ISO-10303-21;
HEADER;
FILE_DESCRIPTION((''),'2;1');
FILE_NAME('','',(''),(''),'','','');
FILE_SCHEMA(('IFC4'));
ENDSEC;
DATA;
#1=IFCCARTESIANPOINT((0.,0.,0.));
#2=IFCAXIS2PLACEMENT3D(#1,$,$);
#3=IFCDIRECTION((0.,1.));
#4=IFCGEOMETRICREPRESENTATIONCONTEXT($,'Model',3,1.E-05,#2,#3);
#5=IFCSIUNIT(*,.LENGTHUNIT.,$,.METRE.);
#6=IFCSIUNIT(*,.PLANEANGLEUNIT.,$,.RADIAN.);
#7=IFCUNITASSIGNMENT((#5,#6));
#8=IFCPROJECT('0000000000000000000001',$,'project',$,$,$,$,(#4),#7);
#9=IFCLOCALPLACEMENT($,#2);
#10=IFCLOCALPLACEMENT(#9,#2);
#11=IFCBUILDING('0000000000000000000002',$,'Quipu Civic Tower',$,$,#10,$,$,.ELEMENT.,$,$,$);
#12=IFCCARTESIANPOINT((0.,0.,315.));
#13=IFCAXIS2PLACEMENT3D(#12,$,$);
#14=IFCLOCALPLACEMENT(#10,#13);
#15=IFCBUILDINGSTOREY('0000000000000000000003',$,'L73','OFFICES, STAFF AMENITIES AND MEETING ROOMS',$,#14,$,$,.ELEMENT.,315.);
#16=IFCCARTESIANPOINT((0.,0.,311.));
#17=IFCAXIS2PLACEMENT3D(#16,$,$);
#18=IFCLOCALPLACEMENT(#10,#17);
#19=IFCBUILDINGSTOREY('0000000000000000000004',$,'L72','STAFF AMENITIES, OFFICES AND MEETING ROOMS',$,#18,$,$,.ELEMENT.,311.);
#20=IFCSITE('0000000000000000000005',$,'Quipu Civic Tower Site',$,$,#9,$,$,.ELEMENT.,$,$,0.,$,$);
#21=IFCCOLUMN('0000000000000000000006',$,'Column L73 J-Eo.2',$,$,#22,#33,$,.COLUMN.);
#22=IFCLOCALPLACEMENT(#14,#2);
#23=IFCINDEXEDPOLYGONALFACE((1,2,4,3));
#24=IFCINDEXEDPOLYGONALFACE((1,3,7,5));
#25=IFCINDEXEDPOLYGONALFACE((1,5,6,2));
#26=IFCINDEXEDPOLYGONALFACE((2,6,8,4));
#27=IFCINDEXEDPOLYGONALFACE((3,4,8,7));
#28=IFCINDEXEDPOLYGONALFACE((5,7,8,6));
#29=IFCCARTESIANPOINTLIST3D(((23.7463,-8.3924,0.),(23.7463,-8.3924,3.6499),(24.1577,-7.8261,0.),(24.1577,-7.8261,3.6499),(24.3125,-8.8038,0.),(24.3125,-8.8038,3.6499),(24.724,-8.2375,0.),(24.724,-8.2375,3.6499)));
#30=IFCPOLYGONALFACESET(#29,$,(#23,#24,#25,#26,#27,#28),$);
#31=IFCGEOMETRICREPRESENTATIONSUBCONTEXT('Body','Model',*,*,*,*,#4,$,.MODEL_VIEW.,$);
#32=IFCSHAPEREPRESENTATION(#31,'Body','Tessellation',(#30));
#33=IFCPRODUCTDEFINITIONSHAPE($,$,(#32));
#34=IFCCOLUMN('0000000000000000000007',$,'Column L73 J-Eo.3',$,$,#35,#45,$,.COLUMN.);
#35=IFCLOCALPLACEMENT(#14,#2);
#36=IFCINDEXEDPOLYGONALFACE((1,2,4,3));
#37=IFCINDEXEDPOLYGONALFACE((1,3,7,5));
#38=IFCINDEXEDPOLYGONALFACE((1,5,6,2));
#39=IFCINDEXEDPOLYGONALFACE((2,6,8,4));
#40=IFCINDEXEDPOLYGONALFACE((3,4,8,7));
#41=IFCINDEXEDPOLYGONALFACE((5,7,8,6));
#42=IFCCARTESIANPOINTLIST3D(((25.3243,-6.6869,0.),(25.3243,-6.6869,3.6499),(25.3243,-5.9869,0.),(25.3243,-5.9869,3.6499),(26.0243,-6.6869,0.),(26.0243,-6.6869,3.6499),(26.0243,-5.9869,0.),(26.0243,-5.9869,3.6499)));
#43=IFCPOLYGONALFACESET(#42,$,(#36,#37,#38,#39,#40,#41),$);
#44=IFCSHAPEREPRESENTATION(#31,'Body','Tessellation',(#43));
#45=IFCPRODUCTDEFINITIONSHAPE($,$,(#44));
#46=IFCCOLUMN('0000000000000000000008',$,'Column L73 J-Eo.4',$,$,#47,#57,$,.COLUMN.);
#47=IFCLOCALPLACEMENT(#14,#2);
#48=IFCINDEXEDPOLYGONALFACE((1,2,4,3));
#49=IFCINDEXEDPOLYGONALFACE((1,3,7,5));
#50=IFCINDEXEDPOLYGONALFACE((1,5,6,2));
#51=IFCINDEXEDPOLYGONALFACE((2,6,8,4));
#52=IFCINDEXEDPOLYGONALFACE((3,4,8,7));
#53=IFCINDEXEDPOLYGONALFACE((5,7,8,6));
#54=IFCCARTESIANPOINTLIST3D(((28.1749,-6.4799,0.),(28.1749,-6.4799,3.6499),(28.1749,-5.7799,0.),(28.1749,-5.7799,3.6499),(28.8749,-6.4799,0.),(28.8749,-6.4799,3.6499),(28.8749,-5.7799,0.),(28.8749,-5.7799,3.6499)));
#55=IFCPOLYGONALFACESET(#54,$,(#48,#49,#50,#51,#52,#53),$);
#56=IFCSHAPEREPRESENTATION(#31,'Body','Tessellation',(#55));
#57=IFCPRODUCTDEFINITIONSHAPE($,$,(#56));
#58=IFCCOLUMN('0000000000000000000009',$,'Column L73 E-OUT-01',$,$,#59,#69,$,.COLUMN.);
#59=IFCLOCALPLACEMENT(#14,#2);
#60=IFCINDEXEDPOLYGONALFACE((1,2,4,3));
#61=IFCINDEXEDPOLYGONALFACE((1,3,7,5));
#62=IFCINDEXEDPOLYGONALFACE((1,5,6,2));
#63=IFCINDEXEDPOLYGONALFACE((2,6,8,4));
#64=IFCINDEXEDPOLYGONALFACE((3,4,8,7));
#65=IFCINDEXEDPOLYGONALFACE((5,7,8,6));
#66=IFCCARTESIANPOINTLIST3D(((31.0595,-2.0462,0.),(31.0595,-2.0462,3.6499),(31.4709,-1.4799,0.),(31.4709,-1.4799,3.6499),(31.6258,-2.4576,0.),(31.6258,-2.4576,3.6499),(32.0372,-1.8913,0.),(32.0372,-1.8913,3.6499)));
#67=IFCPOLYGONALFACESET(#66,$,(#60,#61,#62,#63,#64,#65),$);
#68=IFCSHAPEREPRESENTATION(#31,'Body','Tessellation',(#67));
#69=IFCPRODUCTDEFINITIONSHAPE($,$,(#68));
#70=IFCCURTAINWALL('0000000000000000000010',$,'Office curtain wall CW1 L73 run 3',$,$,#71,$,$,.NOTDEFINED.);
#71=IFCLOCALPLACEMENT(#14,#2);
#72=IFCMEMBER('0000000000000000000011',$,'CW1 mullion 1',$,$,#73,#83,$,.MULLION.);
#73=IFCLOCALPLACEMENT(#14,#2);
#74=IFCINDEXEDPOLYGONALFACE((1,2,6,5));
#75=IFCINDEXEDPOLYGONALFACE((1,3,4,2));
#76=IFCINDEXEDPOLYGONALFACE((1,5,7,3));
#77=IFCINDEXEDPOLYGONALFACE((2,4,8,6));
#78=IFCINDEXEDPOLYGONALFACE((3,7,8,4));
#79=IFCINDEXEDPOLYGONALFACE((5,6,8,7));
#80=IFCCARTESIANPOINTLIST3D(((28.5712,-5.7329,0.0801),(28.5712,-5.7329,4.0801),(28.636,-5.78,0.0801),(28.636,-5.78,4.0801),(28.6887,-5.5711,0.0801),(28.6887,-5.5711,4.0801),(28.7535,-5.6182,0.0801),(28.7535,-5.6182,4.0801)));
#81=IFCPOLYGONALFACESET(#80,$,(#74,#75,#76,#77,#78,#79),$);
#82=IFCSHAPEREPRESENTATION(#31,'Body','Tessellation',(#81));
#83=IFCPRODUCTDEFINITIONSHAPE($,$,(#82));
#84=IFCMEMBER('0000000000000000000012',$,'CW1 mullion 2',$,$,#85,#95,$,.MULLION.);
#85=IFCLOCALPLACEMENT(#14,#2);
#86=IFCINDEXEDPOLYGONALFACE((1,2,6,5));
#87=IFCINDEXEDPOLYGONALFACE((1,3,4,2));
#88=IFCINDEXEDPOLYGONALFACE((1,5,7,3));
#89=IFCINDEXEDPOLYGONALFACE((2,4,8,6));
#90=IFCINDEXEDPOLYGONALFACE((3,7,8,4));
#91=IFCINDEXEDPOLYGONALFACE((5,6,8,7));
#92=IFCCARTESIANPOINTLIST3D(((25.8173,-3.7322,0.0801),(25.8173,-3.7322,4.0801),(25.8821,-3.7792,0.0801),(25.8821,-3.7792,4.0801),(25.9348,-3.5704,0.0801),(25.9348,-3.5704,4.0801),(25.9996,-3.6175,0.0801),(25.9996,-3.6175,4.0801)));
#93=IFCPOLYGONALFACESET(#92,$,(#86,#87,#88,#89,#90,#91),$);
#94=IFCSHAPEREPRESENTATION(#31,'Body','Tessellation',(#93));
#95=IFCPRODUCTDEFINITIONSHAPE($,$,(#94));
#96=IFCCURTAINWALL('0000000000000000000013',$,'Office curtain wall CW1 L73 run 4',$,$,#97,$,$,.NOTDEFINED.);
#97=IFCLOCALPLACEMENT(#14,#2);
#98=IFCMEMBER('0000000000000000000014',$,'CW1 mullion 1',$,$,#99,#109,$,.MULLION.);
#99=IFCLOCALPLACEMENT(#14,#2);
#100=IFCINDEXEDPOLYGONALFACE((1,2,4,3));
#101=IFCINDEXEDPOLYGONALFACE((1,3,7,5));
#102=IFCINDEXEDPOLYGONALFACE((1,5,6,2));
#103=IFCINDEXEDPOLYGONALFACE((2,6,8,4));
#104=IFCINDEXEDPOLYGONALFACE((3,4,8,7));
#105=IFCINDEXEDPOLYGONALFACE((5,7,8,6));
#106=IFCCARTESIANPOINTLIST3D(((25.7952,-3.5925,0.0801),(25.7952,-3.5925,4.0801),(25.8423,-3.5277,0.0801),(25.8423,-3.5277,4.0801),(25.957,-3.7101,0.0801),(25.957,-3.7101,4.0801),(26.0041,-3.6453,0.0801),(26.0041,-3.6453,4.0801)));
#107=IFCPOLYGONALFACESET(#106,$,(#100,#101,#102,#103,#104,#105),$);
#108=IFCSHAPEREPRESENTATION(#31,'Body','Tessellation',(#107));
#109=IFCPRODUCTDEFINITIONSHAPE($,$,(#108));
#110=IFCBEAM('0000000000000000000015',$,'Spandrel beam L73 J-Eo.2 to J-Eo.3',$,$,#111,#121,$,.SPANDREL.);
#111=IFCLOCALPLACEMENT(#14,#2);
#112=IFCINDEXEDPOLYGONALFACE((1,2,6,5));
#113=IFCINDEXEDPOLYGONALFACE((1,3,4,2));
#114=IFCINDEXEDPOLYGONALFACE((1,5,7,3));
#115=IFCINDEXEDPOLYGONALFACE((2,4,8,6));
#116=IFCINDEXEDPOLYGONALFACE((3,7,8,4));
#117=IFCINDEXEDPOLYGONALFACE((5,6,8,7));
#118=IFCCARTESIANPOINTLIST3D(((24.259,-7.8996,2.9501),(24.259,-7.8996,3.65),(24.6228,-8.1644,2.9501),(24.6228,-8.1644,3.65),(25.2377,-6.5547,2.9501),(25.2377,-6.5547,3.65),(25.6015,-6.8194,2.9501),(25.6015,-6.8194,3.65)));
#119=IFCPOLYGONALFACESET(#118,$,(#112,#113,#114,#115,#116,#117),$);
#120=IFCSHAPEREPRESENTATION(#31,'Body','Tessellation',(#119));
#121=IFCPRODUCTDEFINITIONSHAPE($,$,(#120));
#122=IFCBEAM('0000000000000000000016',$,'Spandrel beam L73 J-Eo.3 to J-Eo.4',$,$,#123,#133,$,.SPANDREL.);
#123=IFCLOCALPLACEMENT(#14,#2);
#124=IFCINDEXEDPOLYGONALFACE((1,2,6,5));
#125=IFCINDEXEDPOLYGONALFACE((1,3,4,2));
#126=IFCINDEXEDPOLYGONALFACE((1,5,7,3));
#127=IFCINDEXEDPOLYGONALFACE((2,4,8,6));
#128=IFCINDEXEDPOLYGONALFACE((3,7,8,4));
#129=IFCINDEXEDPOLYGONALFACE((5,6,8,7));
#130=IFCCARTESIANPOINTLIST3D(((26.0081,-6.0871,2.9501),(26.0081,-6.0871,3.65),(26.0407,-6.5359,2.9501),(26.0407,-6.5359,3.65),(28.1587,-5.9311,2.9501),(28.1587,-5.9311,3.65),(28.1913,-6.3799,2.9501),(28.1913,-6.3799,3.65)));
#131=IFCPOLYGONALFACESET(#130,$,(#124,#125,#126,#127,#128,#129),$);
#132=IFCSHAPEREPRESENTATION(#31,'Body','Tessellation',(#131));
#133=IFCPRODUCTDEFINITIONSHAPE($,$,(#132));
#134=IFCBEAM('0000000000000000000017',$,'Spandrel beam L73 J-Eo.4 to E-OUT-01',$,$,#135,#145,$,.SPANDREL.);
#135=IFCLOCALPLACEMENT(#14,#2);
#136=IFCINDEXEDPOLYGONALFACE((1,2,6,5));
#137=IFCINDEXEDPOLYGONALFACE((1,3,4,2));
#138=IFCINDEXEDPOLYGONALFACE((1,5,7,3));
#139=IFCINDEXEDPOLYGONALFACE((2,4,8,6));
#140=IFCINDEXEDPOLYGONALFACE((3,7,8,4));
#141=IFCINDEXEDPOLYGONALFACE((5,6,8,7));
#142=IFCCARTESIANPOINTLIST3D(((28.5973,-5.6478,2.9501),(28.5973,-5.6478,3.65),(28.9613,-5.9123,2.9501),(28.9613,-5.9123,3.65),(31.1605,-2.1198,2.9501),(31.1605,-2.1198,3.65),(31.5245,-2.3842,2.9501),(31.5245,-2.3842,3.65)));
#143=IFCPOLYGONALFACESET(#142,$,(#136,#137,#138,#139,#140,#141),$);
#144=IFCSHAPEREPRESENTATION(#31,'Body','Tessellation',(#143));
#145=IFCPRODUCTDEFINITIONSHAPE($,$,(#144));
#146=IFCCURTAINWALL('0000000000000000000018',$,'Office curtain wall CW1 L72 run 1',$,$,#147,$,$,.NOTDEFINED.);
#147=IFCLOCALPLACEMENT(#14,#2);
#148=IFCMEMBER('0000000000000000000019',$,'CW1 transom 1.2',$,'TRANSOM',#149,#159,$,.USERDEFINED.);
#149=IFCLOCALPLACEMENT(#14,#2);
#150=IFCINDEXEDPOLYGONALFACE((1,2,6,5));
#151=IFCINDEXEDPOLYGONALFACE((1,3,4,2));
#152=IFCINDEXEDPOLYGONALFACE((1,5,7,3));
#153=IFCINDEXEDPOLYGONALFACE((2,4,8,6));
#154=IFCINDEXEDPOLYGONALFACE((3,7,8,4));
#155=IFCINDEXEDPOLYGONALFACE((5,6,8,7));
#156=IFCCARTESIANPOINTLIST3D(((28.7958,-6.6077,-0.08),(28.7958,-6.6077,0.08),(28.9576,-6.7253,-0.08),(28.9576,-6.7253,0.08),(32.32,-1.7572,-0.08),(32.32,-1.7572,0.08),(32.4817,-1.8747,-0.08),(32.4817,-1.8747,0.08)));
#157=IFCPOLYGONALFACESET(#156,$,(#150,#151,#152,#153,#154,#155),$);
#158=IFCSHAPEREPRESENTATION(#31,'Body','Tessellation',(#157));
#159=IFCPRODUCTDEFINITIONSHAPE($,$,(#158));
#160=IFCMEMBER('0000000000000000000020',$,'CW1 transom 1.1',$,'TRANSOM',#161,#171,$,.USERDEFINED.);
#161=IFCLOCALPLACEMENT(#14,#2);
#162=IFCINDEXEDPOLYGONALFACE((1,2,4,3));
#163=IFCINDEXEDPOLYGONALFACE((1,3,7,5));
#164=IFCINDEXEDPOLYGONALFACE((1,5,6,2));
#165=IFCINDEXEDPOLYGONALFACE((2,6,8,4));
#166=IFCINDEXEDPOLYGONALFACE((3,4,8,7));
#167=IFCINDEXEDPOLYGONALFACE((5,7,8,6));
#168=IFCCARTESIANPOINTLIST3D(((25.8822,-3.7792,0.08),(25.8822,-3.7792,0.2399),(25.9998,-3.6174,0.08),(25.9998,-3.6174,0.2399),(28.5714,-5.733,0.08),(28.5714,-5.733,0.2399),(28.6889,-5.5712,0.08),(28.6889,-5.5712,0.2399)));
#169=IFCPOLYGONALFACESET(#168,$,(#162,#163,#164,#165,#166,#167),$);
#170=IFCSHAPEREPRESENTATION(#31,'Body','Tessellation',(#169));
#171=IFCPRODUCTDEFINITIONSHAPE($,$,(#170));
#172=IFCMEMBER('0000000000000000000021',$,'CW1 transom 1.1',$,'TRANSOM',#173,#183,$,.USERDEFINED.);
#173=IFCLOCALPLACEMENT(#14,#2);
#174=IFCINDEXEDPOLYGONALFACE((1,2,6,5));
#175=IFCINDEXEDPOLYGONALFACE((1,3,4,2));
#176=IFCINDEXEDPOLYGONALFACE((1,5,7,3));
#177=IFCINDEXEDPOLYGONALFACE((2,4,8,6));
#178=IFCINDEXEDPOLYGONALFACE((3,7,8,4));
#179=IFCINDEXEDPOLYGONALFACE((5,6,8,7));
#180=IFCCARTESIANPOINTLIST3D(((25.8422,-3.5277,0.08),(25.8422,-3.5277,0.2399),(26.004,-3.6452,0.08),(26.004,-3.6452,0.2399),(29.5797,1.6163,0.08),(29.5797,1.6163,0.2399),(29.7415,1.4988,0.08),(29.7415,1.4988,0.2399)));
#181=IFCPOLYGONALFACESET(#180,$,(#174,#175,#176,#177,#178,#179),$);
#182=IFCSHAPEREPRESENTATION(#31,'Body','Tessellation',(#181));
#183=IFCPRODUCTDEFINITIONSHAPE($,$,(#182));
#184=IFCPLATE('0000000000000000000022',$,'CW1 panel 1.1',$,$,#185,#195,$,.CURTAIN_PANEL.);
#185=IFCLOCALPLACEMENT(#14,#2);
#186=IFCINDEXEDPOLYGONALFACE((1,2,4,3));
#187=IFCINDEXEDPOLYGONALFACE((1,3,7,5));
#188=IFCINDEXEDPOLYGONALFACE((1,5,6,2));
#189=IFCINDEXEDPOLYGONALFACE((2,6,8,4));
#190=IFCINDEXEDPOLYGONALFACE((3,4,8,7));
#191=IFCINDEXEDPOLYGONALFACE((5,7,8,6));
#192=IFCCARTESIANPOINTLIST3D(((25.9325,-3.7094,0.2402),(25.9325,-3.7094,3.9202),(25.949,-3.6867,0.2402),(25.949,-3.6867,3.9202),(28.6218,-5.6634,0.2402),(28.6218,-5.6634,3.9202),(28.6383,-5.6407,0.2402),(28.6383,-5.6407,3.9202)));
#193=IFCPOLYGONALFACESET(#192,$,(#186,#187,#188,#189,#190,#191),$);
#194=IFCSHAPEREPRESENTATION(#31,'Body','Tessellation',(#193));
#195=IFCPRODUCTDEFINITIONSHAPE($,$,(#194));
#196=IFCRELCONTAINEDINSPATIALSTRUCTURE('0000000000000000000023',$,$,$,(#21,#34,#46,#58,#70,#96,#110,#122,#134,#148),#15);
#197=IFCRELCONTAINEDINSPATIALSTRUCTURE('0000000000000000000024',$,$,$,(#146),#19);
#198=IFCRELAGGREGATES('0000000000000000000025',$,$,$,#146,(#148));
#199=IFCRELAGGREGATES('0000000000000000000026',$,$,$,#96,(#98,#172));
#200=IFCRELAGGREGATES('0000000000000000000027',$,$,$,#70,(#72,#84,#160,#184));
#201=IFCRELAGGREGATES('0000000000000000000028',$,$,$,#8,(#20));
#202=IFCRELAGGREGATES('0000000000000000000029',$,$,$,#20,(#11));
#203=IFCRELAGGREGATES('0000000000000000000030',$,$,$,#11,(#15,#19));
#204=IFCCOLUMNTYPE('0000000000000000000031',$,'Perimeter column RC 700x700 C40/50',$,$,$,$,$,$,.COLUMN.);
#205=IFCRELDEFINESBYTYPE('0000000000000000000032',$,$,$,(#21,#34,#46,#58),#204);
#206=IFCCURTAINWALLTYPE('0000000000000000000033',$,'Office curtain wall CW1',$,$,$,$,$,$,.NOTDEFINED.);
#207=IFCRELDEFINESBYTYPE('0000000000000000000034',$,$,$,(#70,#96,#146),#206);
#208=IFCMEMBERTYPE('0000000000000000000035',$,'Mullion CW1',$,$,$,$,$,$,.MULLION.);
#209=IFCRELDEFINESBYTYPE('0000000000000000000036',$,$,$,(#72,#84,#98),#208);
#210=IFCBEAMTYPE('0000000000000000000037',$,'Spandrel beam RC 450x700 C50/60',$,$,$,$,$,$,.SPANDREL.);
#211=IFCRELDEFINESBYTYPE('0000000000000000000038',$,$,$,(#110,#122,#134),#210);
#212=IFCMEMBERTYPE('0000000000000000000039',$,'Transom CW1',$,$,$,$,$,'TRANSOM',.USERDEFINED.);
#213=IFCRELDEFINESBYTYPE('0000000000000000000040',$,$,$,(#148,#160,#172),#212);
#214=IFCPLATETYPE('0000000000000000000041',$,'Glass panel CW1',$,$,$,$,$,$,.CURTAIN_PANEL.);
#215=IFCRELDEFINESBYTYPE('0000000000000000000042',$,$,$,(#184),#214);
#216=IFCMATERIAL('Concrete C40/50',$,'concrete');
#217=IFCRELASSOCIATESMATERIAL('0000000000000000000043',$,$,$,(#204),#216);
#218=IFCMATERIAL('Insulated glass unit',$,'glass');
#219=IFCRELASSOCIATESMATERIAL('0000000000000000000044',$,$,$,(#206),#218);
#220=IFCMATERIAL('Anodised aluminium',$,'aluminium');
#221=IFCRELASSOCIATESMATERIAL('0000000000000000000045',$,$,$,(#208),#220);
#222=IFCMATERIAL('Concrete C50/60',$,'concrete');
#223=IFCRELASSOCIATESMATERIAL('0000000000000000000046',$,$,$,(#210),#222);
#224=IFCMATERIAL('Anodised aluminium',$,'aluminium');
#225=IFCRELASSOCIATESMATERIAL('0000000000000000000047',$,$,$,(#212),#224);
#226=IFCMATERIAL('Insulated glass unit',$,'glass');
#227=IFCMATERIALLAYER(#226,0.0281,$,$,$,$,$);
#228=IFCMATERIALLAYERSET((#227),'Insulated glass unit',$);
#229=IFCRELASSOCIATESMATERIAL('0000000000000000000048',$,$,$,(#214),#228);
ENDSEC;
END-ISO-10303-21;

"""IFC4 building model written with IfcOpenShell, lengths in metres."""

from ifc_helpers import new_model, si_unit, direction, frame, origin, origin_2d, place, context, subcontext, project, spatial, rectangle, extrude, material, layer, layer_set, material_profile, profile_set, type_object, element, aggregate, save


model = new_model("IFC4")

# Units and contexts
model_context = context("Model", 3, precision=1e-05, world=origin(), true_north=direction((0.0, 1.0)))
body_context = subcontext(model_context, "Body", "Model", "MODEL_VIEW")
ifc_project = project(units=[si_unit("LENGTHUNIT", "METRE"), si_unit("PLANEANGLEUNIT", "RADIAN")], contexts=[model_context])

# Site, building, storey
site_placement = place(None, origin())
site = spatial("IfcSite", under=ifc_project, at=site_placement, Name="Quipu Civic Tower Site", CompositionType="ELEMENT", RefElevation=0.0)
building_placement = place(site_placement, origin())
building = spatial("IfcBuilding", under=site, at=building_placement, Name="Quipu Civic Tower", CompositionType="ELEMENT")
storey_1_placement = place(building_placement, frame((0.0, 0.0, 315.0)))
storey_1 = spatial("IfcBuildingStorey", under=building, at=storey_1_placement, Name="L73", Description="OFFICES, STAFF AMENITIES AND MEETING ROOMS", CompositionType="ELEMENT", Elevation=315.0)

# Columns
ifc_material_1 = material(Name="Concrete C40/50", Category="concrete")
ifc_material_profile_1 = material_profile(ifc_material_1, rectangle(XDim=0.7, YDim=0.7, at=origin_2d()), Name="RC700x700")
ifc_profile_set_1 = profile_set([ifc_material_profile_1], Name="Concrete C40/50")
column_type = type_object("IfcColumnType", Name="Perimeter column RC 700x700 C40/50", PredefinedType="COLUMN", material=ifc_profile_set_1)
for number, where, z_axis, x_axis, name in (
    (1, (24.2351, -8.3149, 0.0), (0.0, 0.0, 1.0), (0.587785, 0.809017, 0.0), "Column L73 J-Eo.2"),
    (2, (25.6743, -6.3369, 0.0), (0.0, 0.0, 1.0), (1.0, 0.0, 0.0), "Column L73 J-Eo.3"),
    (3, (28.5249, -6.1299, 0.0), (0.0, 0.0, 1.0), (1.0, 0.0, 0.0), "Column L73 J-Eo.4"),
    (4, (31.5483, -1.9688, 0.0), (0.0, 0.0, 1.0), (0.587785, 0.809017, 0.0), "Column L73 E-OUT-01"),
):
    element("IfcColumn", number, at=place(storey_1_placement, frame(where, z_axis=z_axis, x_axis=x_axis)), inside=storey_1, type_object=column_type, Name=name, PredefinedType="COLUMN", context=body_context, shape_type="SweptSolid", body=[
        extrude(rectangle(XDim=0.7, YDim=0.7, at=origin_2d()), origin(), (0.0, 0.0, 1.0), 3.6499),
    ])

# Curtain wall, members
ifc_material_2 = material(Name="Insulated glass unit", Category="glass")
curtain_wall_type = type_object("IfcCurtainWallType", Name="Office curtain wall CW1", PredefinedType="NOTDEFINED", material=ifc_material_2)
curtain_wall_1_placement = place(storey_1_placement, origin())
curtain_wall_1 = element("IfcCurtainWall", 5, at=curtain_wall_1_placement, inside=storey_1, type_object=curtain_wall_type, Name="Office curtain wall CW1 L73 run 3", PredefinedType="NOTDEFINED")
ifc_material_3 = material(Name="Anodised aluminium", Category="aluminium")
ifc_material_profile_2 = material_profile(ifc_material_3, rectangle(XDim=0.2, YDim=0.0801, at=origin_2d()), Name="RECT 200x80")
ifc_profile_set_2 = profile_set([ifc_material_profile_2], Name="Anodised aluminium")
member_type_1 = type_object("IfcMemberType", Name="Mullion CW1", PredefinedType="MULLION", material=ifc_profile_set_2)
member_1_placement = place(storey_1_placement, frame((28.6624, -5.6755, 0.0801), z_axis=(0.0, 0.0, 1.0), x_axis=(-0.587784, -0.809018, 0.0)))
member_1 = element("IfcMember", 6, at=member_1_placement, type_object=member_type_1, Name="CW1 mullion 1", PredefinedType="MULLION", context=body_context, shape_type="SweptSolid", body=[
    extrude(rectangle(XDim=0.2, YDim=0.0801, at=origin_2d()), origin(), (0.0, 0.0, 1.0), 4.0),
])
member_2_placement = place(storey_1_placement, frame((25.9084, -3.6748, 0.0801), z_axis=(0.0, 0.0, 1.0), x_axis=(-0.587784, -0.809018, 0.0)))
member_2 = element("IfcMember", 7, at=member_2_placement, type_object=member_type_1, Name="CW1 mullion 2", PredefinedType="MULLION", context=body_context, shape_type="SweptSolid", body=[
    extrude(rectangle(XDim=0.2, YDim=0.0801, at=origin_2d()), origin(), (0.0, 0.0, 1.0), 4.0),
])

# Curtain wall, member
curtain_wall_2_placement = place(storey_1_placement, origin())
curtain_wall_2 = element("IfcCurtainWall", 8, at=curtain_wall_2_placement, inside=storey_1, type_object=curtain_wall_type, Name="Office curtain wall CW1 L73 run 4", PredefinedType="NOTDEFINED")
member_3_placement = place(storey_1_placement, frame((25.8997, -3.6189, 0.0801), z_axis=(0.0, 0.0, 1.0), x_axis=(-0.809011, 0.587793, 0.0)))
member_3 = element("IfcMember", 9, at=member_3_placement, type_object=member_type_1, Name="CW1 mullion 1", PredefinedType="MULLION", context=body_context, shape_type="SweptSolid", body=[
    extrude(rectangle(XDim=0.2, YDim=0.0801, at=origin_2d()), origin(), (0.0, 0.0, 1.0), 4.0),
])

# Beams
ifc_material_4 = material(Name="Concrete C50/60", Category="concrete")
ifc_material_profile_3 = material_profile(ifc_material_4, rectangle(XDim=0.45, YDim=0.7, at=origin_2d()), Name="RC450x700")
ifc_profile_set_3 = profile_set([ifc_material_profile_3], Name="Concrete C50/60")
beam_type = type_object("IfcBeamType", Name="Spandrel beam RC 450x700 C50/60", PredefinedType="SPANDREL", material=ifc_profile_set_3)
beam_1_placement = place(storey_1_placement, frame((24.4409, -8.032, 3.3), z_axis=(0.588407, 0.808565, 0.0), x_axis=(-0.808565, 0.588407, 0.0)))
element("IfcBeam", 10, at=beam_1_placement, inside=storey_1, type_object=beam_type, Name="Spandrel beam L73 J-Eo.2 to J-Eo.3", PredefinedType="SPANDREL", context=body_context, shape_type="SweptSolid", body=[
    extrude(rectangle(XDim=0.45, YDim=0.7, at=origin_2d()), origin(), (0.0, 0.0, 1.0), 1.6633),
])
beam_2_placement = place(storey_1_placement, frame((26.0244, -6.3115, 3.3), z_axis=(0.997379, 0.072349, 0.0), x_axis=(-0.072349, 0.997379, 0.0)))
element("IfcBeam", 11, at=beam_2_placement, inside=storey_1, type_object=beam_type, Name="Spandrel beam L73 J-Eo.3 to J-Eo.4", PredefinedType="SPANDREL", context=body_context, shape_type="SweptSolid", body=[
    extrude(rectangle(XDim=0.45, YDim=0.7, at=origin_2d()), origin(), (0.0, 0.0, 1.0), 2.1562),
])
beam_3_placement = place(storey_1_placement, frame((28.7793, -5.78, 3.3), z_axis=(0.587776, 0.809024, 0.0), x_axis=(-0.809024, 0.587776, 0.0)))
element("IfcBeam", 12, at=beam_3_placement, inside=storey_1, type_object=beam_type, Name="Spandrel beam L73 J-Eo.4 to E-OUT-01", PredefinedType="SPANDREL", context=body_context, shape_type="SweptSolid", body=[
    extrude(rectangle(XDim=0.45, YDim=0.7, at=origin_2d()), origin(), (0.0, 0.0, 1.0), 4.3608),
])

# Shared definitions
storey_2_placement = place(building_placement, frame((0.0, 0.0, 311.0)))
storey_2 = spatial("IfcBuildingStorey", under=building, at=storey_2_placement, Name="L72", Description="STAFF AMENITIES, OFFICES AND MEETING ROOMS", CompositionType="ELEMENT", Elevation=311.0)

# Curtain wall, member
curtain_wall_3_placement = place(storey_2_placement, origin())
curtain_wall_3 = element("IfcCurtainWall", 13, at=curtain_wall_3_placement, inside=storey_2, type_object=curtain_wall_type, Name="Office curtain wall CW1 L72 run 1", PredefinedType="NOTDEFINED")
ifc_material_5 = material(Name="Anodised aluminium", Category="aluminium")
ifc_material_profile_4 = material_profile(ifc_material_5, rectangle(XDim=0.2, YDim=0.1599, at=origin_2d()), Name="RECT 200x160")
ifc_profile_set_4 = profile_set([ifc_material_profile_4], Name="Anodised aluminium")
member_type_2 = type_object("IfcMemberType", Name="Transom CW1", ElementType="TRANSOM", PredefinedType="USERDEFINED", material=ifc_profile_set_4)
member_4_placement = place(storey_1_placement, frame((28.8767, -6.6665, 0.0), z_axis=(0.587787, 0.809016, 0.0), x_axis=(-0.809016, 0.587787, 0.0)))
member_4 = element("IfcMember", 14, at=member_4_placement, inside=storey_1, type_object=member_type_2, Name="CW1 transom 1.2", ObjectType="TRANSOM", PredefinedType="USERDEFINED", context=body_context, shape_type="SweptSolid", body=[
    extrude(rectangle(XDim=0.2, YDim=0.1599, at=origin_2d()), origin(), (0.0, 0.0, 1.0), 5.9956),
])
aggregate(curtain_wall_3, [member_4])

# Members
member_5_placement = place(storey_1_placement, frame((28.6301, -5.6521, 0.1599), z_axis=(-0.809012, 0.587792, 0.0), x_axis=(-0.587792, -0.809012, 0.0)))
member_5 = element("IfcMember", 15, at=member_5_placement, type_object=member_type_2, Name="CW1 transom 1.1", ObjectType="TRANSOM", PredefinedType="USERDEFINED", context=body_context, shape_type="SweptSolid", body=[
    extrude(rectangle(XDim=0.2, YDim=0.1599, at=origin_2d()), origin(), (0.0, 0.0, 1.0), 3.324),
])
member_6_placement = place(storey_1_placement, frame((25.9231, -3.5864, 0.1599), z_axis=(0.587804, 0.809003, 0.0), x_axis=(-0.809003, 0.587804, 0.0)))
member_6 = element("IfcMember", 16, at=member_6_placement, type_object=member_type_2, Name="CW1 transom 1.1", ObjectType="TRANSOM", PredefinedType="USERDEFINED", context=body_context, shape_type="SweptSolid", body=[
    extrude(rectangle(XDim=0.2, YDim=0.1599, at=origin_2d()), origin(), (0.0, 0.0, 1.0), 6.3584),
])
aggregate(curtain_wall_2, [member_3, member_6])

# Plate
ifc_material_6 = material(Name="Insulated glass unit", Category="glass")
ifc_layer = layer(ifc_material_6, 0.0281)
ifc_layer_set = layer_set([ifc_layer], Name="Insulated glass unit")
plate_type_1 = type_object("IfcPlateType", Name="Glass panel CW1", PredefinedType="CURTAIN_PANEL", material=ifc_layer_set)
plate_placement = place(storey_1_placement, frame((27.2854, -4.675, 0.2402), z_axis=(0.0, 0.0, 1.0), x_axis=(-0.809018, 0.587784, 0.0)))
plate = element("IfcPlate", 17, at=plate_placement, type_object=plate_type_1, Name="CW1 panel 1.1", PredefinedType="CURTAIN_PANEL", context=body_context, shape_type="SweptSolid", body=[
    extrude(rectangle(XDim=3.3242, YDim=0.0281, at=origin_2d()), origin(), (0.0, 0.0, 1.0), 3.6799),
])
aggregate(curtain_wall_1, [member_1, member_2, member_5, plate])

save(model, "model.ifc")
